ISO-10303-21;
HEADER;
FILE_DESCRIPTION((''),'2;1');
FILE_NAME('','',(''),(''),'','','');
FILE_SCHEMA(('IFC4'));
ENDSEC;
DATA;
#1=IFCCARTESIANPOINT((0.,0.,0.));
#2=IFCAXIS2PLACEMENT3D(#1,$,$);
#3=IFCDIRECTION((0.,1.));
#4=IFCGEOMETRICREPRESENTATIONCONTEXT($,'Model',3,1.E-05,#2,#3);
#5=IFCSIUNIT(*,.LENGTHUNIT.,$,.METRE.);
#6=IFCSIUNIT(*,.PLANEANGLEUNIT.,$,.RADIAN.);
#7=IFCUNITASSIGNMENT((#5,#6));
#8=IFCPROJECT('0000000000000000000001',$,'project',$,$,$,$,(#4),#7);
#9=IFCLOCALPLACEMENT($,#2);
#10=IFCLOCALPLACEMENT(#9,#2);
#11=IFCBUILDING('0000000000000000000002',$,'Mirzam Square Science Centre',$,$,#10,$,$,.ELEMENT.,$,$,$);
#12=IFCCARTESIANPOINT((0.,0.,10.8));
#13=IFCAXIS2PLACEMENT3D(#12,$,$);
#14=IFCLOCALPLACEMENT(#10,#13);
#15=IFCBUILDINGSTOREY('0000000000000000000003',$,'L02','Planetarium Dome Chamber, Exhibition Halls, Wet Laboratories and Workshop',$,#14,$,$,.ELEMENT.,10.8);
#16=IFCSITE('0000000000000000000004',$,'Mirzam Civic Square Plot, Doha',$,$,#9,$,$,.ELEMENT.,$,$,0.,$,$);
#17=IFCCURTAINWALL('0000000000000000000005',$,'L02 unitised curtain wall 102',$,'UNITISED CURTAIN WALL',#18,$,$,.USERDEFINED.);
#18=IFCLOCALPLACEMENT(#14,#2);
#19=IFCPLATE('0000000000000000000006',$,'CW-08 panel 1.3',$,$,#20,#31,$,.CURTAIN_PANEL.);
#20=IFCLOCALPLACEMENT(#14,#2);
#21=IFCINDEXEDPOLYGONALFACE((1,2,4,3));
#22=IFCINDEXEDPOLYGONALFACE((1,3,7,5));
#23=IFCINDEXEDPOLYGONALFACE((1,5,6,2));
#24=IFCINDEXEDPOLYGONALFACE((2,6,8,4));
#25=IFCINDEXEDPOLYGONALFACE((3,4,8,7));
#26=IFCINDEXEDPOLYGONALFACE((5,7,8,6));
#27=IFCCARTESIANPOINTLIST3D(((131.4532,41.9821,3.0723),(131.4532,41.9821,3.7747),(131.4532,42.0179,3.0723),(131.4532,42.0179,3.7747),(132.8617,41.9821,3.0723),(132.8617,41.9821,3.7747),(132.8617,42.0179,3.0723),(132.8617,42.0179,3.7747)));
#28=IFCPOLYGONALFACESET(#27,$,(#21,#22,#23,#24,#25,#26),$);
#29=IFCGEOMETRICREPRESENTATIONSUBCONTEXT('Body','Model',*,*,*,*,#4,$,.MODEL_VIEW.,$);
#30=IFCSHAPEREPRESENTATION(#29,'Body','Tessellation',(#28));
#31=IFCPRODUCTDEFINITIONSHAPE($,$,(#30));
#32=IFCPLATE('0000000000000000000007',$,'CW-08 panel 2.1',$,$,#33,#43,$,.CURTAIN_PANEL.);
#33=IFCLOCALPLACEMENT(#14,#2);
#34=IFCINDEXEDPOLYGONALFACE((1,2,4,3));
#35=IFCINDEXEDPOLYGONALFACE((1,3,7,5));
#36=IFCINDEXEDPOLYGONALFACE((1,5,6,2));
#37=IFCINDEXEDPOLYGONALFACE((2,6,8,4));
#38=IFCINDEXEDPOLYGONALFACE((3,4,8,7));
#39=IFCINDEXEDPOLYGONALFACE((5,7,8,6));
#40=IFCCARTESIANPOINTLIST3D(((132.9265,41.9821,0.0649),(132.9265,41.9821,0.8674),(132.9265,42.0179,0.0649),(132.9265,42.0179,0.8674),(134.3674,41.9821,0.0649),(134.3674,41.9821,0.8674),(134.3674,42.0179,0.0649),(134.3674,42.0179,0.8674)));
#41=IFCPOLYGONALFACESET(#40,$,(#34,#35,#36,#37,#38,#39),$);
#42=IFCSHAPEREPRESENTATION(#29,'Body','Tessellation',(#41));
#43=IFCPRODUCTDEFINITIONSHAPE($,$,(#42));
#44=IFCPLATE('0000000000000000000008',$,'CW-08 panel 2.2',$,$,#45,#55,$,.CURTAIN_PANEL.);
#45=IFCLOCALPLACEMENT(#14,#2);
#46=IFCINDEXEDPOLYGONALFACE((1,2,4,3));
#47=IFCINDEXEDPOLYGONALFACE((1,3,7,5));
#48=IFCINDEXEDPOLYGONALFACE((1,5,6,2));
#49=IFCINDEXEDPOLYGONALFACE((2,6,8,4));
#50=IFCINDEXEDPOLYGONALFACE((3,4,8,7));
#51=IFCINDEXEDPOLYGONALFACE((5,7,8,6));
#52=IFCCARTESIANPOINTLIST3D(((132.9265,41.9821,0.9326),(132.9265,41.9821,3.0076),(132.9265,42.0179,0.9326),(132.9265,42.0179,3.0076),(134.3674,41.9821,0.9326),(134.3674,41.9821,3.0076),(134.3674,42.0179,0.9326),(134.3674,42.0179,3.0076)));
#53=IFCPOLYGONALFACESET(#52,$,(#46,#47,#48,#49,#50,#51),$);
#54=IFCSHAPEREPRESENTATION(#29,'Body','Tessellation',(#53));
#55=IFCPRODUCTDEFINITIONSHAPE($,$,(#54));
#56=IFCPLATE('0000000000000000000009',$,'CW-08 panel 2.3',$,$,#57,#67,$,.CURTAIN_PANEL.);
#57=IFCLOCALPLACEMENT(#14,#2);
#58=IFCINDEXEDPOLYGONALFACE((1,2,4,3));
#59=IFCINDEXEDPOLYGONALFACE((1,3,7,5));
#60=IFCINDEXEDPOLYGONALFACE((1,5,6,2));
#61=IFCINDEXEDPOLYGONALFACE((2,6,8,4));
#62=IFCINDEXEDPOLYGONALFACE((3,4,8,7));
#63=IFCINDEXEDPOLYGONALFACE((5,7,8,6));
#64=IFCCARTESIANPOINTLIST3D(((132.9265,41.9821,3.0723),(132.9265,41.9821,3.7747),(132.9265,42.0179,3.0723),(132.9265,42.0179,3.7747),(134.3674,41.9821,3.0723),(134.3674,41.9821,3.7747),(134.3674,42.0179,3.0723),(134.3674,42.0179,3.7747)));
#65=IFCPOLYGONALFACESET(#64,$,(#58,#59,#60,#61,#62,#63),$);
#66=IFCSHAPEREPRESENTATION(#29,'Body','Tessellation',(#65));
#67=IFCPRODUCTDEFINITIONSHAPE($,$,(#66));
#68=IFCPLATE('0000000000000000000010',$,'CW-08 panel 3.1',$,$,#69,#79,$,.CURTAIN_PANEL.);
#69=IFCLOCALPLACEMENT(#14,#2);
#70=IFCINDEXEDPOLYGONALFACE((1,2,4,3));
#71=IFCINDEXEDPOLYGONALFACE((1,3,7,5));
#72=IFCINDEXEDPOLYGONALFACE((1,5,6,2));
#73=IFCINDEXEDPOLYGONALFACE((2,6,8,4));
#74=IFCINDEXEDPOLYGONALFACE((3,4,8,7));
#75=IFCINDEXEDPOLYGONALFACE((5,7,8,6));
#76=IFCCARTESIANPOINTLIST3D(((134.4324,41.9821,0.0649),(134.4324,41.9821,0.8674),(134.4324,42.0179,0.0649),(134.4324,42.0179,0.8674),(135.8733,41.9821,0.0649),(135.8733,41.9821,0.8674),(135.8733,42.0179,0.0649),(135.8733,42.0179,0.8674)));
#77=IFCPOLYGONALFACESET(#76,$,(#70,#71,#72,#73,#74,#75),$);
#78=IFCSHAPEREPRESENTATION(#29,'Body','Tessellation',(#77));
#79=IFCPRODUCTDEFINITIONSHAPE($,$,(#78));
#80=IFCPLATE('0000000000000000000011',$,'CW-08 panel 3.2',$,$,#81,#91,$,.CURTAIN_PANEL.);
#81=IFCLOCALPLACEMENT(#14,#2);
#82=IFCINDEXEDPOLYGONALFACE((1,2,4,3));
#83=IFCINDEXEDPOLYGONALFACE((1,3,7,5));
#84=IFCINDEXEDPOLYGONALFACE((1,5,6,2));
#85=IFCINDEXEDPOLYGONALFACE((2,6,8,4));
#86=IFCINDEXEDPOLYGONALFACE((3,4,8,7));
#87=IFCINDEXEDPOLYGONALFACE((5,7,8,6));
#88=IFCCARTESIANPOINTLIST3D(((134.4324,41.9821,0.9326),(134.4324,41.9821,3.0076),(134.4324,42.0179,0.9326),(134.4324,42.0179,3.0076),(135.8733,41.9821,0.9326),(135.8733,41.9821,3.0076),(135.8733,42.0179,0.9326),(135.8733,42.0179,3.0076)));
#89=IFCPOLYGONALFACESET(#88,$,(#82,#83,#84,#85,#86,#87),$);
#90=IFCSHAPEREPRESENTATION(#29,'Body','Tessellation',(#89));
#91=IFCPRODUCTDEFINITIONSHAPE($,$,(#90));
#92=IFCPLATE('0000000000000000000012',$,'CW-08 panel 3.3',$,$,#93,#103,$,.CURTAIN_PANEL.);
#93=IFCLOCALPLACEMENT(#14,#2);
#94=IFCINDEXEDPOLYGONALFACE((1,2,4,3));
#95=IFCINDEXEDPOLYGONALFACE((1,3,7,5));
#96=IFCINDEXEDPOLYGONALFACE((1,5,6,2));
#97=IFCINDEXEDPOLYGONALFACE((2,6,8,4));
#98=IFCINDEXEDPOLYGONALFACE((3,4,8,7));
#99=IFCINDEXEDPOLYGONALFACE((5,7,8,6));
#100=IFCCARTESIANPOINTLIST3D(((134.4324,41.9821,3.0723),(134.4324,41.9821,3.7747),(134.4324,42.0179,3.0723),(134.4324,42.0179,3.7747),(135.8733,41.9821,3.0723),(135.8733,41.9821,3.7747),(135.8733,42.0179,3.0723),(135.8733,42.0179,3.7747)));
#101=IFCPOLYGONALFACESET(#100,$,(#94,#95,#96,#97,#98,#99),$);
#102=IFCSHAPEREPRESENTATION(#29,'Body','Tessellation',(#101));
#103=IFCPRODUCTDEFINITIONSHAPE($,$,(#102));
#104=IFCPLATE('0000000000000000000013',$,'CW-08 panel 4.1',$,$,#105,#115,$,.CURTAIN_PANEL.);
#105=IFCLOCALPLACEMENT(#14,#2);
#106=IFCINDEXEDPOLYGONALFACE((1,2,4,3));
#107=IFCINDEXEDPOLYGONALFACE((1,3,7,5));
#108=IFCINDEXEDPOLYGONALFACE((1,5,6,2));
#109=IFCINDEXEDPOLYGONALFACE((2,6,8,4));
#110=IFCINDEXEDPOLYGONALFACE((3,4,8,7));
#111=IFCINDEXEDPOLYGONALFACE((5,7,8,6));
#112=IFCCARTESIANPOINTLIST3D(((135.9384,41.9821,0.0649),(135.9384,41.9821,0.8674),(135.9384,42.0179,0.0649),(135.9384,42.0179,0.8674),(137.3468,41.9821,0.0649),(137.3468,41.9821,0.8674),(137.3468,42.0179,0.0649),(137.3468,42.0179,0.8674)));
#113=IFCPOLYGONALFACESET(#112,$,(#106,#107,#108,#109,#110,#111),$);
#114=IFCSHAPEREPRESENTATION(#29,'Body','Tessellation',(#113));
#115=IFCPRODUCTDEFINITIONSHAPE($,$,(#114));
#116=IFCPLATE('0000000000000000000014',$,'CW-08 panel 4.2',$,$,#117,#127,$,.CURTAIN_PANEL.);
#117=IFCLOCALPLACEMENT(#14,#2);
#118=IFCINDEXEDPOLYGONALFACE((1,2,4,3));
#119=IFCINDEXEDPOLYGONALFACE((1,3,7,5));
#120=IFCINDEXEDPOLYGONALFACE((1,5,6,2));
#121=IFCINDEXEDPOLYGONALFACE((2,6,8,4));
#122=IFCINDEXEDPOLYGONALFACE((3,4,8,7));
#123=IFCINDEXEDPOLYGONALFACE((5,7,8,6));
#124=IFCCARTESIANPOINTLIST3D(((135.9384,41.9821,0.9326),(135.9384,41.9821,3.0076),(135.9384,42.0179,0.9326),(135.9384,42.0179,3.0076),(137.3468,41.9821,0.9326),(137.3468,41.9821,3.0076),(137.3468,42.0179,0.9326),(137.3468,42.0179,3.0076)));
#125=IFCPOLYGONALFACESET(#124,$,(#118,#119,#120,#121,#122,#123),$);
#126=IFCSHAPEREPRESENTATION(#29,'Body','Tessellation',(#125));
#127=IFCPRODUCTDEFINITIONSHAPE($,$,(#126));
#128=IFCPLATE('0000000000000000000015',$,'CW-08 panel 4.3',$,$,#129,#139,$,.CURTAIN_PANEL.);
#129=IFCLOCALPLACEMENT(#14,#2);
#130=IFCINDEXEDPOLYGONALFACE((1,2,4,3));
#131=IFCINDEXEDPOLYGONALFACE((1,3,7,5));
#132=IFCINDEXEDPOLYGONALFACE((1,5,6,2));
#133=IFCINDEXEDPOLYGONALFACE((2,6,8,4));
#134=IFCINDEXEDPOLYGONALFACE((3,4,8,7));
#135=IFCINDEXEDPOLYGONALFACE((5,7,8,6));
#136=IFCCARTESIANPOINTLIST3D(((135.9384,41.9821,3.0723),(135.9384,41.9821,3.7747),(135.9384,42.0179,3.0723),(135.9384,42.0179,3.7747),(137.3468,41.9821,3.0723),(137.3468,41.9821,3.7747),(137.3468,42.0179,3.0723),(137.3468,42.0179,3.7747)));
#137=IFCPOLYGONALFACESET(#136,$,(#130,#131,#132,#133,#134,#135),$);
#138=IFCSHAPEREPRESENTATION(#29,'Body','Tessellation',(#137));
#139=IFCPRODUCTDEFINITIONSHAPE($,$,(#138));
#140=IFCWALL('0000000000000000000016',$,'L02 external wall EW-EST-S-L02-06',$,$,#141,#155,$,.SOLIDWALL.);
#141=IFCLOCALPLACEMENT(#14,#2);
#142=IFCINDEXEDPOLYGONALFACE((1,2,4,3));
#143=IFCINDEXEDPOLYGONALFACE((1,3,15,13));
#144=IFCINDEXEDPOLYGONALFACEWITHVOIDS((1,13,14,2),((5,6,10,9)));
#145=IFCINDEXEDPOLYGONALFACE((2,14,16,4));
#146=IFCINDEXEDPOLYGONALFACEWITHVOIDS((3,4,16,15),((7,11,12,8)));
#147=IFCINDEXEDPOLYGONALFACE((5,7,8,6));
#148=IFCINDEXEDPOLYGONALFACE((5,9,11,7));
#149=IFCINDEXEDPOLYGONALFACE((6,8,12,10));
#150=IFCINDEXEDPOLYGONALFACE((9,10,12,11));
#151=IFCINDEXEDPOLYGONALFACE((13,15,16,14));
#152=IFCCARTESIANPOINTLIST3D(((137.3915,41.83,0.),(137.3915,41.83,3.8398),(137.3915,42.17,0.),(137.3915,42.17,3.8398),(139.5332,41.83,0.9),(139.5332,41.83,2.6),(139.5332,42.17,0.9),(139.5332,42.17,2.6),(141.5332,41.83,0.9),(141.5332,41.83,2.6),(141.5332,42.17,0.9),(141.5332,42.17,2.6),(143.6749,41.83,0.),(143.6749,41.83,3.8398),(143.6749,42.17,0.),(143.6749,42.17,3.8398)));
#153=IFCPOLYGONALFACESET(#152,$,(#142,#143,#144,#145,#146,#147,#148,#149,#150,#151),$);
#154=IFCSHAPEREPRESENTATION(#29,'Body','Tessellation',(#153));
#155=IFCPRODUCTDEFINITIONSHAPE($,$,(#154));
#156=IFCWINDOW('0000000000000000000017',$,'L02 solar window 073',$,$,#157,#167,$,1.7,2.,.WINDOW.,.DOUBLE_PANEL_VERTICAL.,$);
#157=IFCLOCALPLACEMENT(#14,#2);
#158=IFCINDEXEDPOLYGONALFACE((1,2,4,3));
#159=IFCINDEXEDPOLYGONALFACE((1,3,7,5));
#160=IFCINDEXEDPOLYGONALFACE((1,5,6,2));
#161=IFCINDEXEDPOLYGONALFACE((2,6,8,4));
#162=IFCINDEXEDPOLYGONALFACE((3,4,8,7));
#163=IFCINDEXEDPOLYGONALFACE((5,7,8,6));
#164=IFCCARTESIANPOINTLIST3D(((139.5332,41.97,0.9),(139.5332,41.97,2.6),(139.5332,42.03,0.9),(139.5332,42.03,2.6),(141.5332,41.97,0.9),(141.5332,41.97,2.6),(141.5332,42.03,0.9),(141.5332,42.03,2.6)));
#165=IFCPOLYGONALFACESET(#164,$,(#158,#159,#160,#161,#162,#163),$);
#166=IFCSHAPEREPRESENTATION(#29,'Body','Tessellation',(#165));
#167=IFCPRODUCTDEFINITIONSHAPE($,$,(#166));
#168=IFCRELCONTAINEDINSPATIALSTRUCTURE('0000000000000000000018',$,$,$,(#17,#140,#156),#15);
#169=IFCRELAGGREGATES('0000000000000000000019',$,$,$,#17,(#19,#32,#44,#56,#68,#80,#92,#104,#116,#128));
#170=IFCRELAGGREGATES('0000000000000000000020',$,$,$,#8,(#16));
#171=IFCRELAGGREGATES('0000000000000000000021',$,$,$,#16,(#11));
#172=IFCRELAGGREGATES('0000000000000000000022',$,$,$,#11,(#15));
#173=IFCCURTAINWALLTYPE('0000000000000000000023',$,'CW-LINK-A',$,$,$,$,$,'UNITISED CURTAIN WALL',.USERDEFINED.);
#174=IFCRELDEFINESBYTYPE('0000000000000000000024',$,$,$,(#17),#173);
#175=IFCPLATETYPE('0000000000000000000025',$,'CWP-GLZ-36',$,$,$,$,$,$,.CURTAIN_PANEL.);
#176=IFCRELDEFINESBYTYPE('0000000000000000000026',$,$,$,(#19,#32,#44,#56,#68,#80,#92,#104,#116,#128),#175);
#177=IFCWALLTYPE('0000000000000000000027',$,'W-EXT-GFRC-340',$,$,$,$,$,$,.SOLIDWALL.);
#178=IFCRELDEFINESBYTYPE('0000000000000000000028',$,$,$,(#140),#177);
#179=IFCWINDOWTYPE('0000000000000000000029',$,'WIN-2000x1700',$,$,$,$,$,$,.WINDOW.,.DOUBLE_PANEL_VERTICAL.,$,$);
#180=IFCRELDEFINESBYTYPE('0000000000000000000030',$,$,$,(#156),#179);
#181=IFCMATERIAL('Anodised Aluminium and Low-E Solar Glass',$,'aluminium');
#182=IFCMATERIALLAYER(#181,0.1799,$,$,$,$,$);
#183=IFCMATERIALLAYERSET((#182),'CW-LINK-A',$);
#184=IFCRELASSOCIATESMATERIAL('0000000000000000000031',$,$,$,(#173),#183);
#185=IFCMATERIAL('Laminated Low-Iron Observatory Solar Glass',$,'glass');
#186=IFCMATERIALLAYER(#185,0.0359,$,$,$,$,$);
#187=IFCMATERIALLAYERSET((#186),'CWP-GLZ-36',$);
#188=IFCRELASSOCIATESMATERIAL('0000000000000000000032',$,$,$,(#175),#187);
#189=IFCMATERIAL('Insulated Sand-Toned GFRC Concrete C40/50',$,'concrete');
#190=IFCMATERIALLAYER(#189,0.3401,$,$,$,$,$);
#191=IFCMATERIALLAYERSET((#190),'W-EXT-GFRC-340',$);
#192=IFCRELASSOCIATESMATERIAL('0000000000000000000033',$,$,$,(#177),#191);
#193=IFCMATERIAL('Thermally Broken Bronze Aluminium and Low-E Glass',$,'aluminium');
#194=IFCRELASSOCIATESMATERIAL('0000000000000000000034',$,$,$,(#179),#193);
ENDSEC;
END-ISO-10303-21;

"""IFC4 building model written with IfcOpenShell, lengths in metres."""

from ifc_helpers import new_model, si_unit, direction, frame, frame_2d, origin, origin_2d, place, context, subcontext, project, spatial, rectangle, extrude, material, layer, layer_set, type_object, element, fill, aggregate, save


model = new_model("IFC4")

# Units and contexts
model_context = context("Model", 3, precision=1e-05, world=origin(), true_north=direction((0.0, 1.0)))
body_context = subcontext(model_context, "Body", "Model", "MODEL_VIEW")
ifc_project = project(units=[si_unit("LENGTHUNIT", "METRE"), si_unit("PLANEANGLEUNIT", "RADIAN")], contexts=[model_context])

# Site, building, storey
site_placement = place(None, origin())
site = spatial("IfcSite", under=ifc_project, at=site_placement, Name="Mirzam Civic Square Plot, Doha", CompositionType="ELEMENT", RefElevation=0.0)
building_placement = place(site_placement, origin())
building = spatial("IfcBuilding", under=site, at=building_placement, Name="Mirzam Square Science Centre", CompositionType="ELEMENT")
storey_placement = place(building_placement, frame((0.0, 0.0, 10.8)))
storey = spatial("IfcBuildingStorey", under=building, at=storey_placement, Name="L02", Description="Planetarium Dome Chamber, Exhibition Halls, Wet Laboratories and Workshop", CompositionType="ELEMENT", Elevation=10.8)

# Shared definitions
ifc_material_1 = material(Name="Anodised Aluminium and Low-E Solar Glass", Category="aluminium")

# Curtain wall
ifc_layer_1 = layer(ifc_material_1, 0.1799)
ifc_layer_set_1 = layer_set([ifc_layer_1], Name="CW-LINK-A")
curtain_wall_type_1 = type_object("IfcCurtainWallType", Name="CW-LINK-A", ElementType="UNITISED CURTAIN WALL", PredefinedType="USERDEFINED", material=ifc_layer_set_1)
curtain_wall_1_placement = place(storey_placement, origin())
curtain_wall_1 = element("IfcCurtainWall", 1, at=curtain_wall_1_placement, inside=storey, type_object=curtain_wall_type_1, Name="L02 unitised curtain wall 102", ObjectType="UNITISED CURTAIN WALL", PredefinedType="USERDEFINED")

# Plates
ifc_material_2 = material(Name="Laminated Low-Iron Observatory Solar Glass", Category="glass")
ifc_layer_2 = layer(ifc_material_2, 0.0359)
ifc_layer_set_2 = layer_set([ifc_layer_2], Name="CWP-GLZ-36")
plate_type = type_object("IfcPlateType", Name="CWP-GLZ-36", PredefinedType="CURTAIN_PANEL", material=ifc_layer_set_2)
plate_1_placement = place(storey_placement, frame((132.1575, 42.0, 3.0723), z_axis=(0.0, 0.0, 1.0), x_axis=(1.0, 0.0, 0.0)))
plate_1 = element("IfcPlate", 2, at=plate_1_placement, type_object=plate_type, Name="CW-08 panel 1.3", PredefinedType="CURTAIN_PANEL", context=body_context, shape_type="SweptSolid", body=[
    extrude(rectangle(XDim=1.4084, YDim=0.0359, at=origin_2d()), origin(), (0.0, 0.0, 1.0), 0.7024),
])
plate_2_placement = place(storey_placement, frame((133.647, 42.0, 0.0649), z_axis=(0.0, 0.0, 1.0), x_axis=(1.0, 0.0, 0.0)))
plate_2 = element("IfcPlate", 3, at=plate_2_placement, type_object=plate_type, Name="CW-08 panel 2.1", PredefinedType="CURTAIN_PANEL", context=body_context, shape_type="SweptSolid", body=[
    extrude(rectangle(XDim=1.4409, YDim=0.0359, at=origin_2d()), origin(), (0.0, 0.0, 1.0), 0.8025),
])
plate_3_placement = place(storey_placement, frame((133.647, 42.0, 0.9326), z_axis=(0.0, 0.0, 1.0), x_axis=(1.0, 0.0, 0.0)))
plate_3 = element("IfcPlate", 4, at=plate_3_placement, type_object=plate_type, Name="CW-08 panel 2.2", PredefinedType="CURTAIN_PANEL", context=body_context, shape_type="SweptSolid", body=[
    extrude(rectangle(XDim=1.4409, YDim=0.0359, at=origin_2d()), origin(), (0.0, 0.0, 1.0), 2.075),
])
plate_4_placement = place(storey_placement, frame((133.647, 42.0, 3.0723), z_axis=(0.0, 0.0, 1.0), x_axis=(1.0, 0.0, 0.0)))
plate_4 = element("IfcPlate", 5, at=plate_4_placement, type_object=plate_type, Name="CW-08 panel 2.3", PredefinedType="CURTAIN_PANEL", context=body_context, shape_type="SweptSolid", body=[
    extrude(rectangle(XDim=1.4409, YDim=0.0359, at=origin_2d()), origin(), (0.0, 0.0, 1.0), 0.7024),
])
plate_5_placement = place(storey_placement, frame((135.1528, 42.0, 0.0649), z_axis=(0.0, 0.0, 1.0), x_axis=(1.0, 0.0, 0.0)))
plate_5 = element("IfcPlate", 6, at=plate_5_placement, type_object=plate_type, Name="CW-08 panel 3.1", PredefinedType="CURTAIN_PANEL", context=body_context, shape_type="SweptSolid", body=[
    extrude(rectangle(XDim=1.4409, YDim=0.0359, at=origin_2d()), origin(), (0.0, 0.0, 1.0), 0.8025),
])
plate_6_placement = place(storey_placement, frame((135.1528, 42.0, 0.9326), z_axis=(0.0, 0.0, 1.0), x_axis=(1.0, 0.0, 0.0)))
plate_6 = element("IfcPlate", 7, at=plate_6_placement, type_object=plate_type, Name="CW-08 panel 3.2", PredefinedType="CURTAIN_PANEL", context=body_context, shape_type="SweptSolid", body=[
    extrude(rectangle(XDim=1.4409, YDim=0.0359, at=origin_2d()), origin(), (0.0, 0.0, 1.0), 2.075),
])
plate_7_placement = place(storey_placement, frame((135.1528, 42.0, 3.0723), z_axis=(0.0, 0.0, 1.0), x_axis=(1.0, 0.0, 0.0)))
plate_7 = element("IfcPlate", 8, at=plate_7_placement, type_object=plate_type, Name="CW-08 panel 3.3", PredefinedType="CURTAIN_PANEL", context=body_context, shape_type="SweptSolid", body=[
    extrude(rectangle(XDim=1.4409, YDim=0.0359, at=origin_2d()), origin(), (0.0, 0.0, 1.0), 0.7024),
])
plate_8_placement = place(storey_placement, frame((136.6426, 42.0, 0.0649), z_axis=(0.0, 0.0, 1.0), x_axis=(1.0, 0.0, 0.0)))
plate_8 = element("IfcPlate", 9, at=plate_8_placement, type_object=plate_type, Name="CW-08 panel 4.1", PredefinedType="CURTAIN_PANEL", context=body_context, shape_type="SweptSolid", body=[
    extrude(rectangle(XDim=1.4084, YDim=0.0359, at=origin_2d()), origin(), (0.0, 0.0, 1.0), 0.8025),
])
plate_9_placement = place(storey_placement, frame((136.6426, 42.0, 0.9326), z_axis=(0.0, 0.0, 1.0), x_axis=(1.0, 0.0, 0.0)))
plate_9 = element("IfcPlate", 10, at=plate_9_placement, type_object=plate_type, Name="CW-08 panel 4.2", PredefinedType="CURTAIN_PANEL", context=body_context, shape_type="SweptSolid", body=[
    extrude(rectangle(XDim=1.4084, YDim=0.0359, at=origin_2d()), origin(), (0.0, 0.0, 1.0), 2.075),
])
plate_10_placement = place(storey_placement, frame((136.6426, 42.0, 3.0723), z_axis=(0.0, 0.0, 1.0), x_axis=(1.0, 0.0, 0.0)))
plate_10 = element("IfcPlate", 11, at=plate_10_placement, type_object=plate_type, Name="CW-08 panel 4.3", PredefinedType="CURTAIN_PANEL", context=body_context, shape_type="SweptSolid", body=[
    extrude(rectangle(XDim=1.4084, YDim=0.0359, at=origin_2d()), origin(), (0.0, 0.0, 1.0), 0.7024),
])
aggregate(curtain_wall_1, [plate_1, plate_2, plate_3, plate_4, plate_5, plate_6, plate_7, plate_8, plate_9, plate_10])

# Wall, opening, window
ifc_material_3 = material(Name="Insulated Sand-Toned GFRC Concrete C40/50", Category="concrete")
ifc_layer_3 = layer(ifc_material_3, 0.3401)
ifc_layer_set_3 = layer_set([ifc_layer_3], Name="W-EXT-GFRC-340")
wall_type = type_object("IfcWallType", Name="W-EXT-GFRC-340", PredefinedType="SOLIDWALL", material=ifc_layer_set_3)
wall_placement = place(storey_placement, frame((137.3916, 42.0, 0.0), z_axis=(0.0, 0.0, 1.0), x_axis=(1.0, 0.0, 0.0)))
wall = element("IfcWall", 12, at=wall_placement, inside=storey, type_object=wall_type, Name="L02 external wall EW-EST-S-L02-06", PredefinedType="SOLIDWALL", context=body_context, shape_type="SweptSolid", body=[
    extrude(rectangle(XDim=6.2834, YDim=0.3401, at=frame_2d((3.1416, 0.0))), origin(), (0.0, 0.0, 1.0), 3.8398),
])
opening_placement = place(wall_placement, frame((2.1416, 0.0, 0.8999)))
opening = element("IfcOpeningElement", 13, at=opening_placement, cuts=wall, PredefinedType="OPENING", context=body_context, shape_type="SweptSolid", body=[
    extrude(rectangle(XDim=2.0, YDim=1.7, at=frame_2d((1.0, 0.8501))), frame((0.0, 0.1799, 0.0), z_axis=(0.0, -1.0, 0.0), x_axis=(1.0, 0.0, 0.0)), (0.0, 0.0, 1.0), 0.3601),
])
ifc_material_4 = material(Name="Thermally Broken Bronze Aluminium and Low-E Glass", Category="aluminium")
window_type = type_object("IfcWindowType", Name="WIN-2000x1700", PartitioningType="DOUBLE_PANEL_VERTICAL", PredefinedType="WINDOW", material=ifc_material_4)
window_placement = place(opening_placement, origin())
window = element("IfcWindow", 14, at=window_placement, inside=storey, type_object=window_type, Name="L02 solar window 073", OverallHeight=1.7, OverallWidth=2.0, PartitioningType="DOUBLE_PANEL_VERTICAL", PredefinedType="WINDOW", context=body_context, shape_type="SweptSolid", body=[
    extrude(rectangle(XDim=2.0, YDim=1.7, at=frame_2d((1.0, 0.8501))), frame((0.0, 0.03, 0.0), z_axis=(0.0, -1.0, 0.0), x_axis=(1.0, 0.0, 0.0)), (0.0, 0.0, 1.0), 0.0601),
])
fill(opening, window)

save(model, "model.ifc")
